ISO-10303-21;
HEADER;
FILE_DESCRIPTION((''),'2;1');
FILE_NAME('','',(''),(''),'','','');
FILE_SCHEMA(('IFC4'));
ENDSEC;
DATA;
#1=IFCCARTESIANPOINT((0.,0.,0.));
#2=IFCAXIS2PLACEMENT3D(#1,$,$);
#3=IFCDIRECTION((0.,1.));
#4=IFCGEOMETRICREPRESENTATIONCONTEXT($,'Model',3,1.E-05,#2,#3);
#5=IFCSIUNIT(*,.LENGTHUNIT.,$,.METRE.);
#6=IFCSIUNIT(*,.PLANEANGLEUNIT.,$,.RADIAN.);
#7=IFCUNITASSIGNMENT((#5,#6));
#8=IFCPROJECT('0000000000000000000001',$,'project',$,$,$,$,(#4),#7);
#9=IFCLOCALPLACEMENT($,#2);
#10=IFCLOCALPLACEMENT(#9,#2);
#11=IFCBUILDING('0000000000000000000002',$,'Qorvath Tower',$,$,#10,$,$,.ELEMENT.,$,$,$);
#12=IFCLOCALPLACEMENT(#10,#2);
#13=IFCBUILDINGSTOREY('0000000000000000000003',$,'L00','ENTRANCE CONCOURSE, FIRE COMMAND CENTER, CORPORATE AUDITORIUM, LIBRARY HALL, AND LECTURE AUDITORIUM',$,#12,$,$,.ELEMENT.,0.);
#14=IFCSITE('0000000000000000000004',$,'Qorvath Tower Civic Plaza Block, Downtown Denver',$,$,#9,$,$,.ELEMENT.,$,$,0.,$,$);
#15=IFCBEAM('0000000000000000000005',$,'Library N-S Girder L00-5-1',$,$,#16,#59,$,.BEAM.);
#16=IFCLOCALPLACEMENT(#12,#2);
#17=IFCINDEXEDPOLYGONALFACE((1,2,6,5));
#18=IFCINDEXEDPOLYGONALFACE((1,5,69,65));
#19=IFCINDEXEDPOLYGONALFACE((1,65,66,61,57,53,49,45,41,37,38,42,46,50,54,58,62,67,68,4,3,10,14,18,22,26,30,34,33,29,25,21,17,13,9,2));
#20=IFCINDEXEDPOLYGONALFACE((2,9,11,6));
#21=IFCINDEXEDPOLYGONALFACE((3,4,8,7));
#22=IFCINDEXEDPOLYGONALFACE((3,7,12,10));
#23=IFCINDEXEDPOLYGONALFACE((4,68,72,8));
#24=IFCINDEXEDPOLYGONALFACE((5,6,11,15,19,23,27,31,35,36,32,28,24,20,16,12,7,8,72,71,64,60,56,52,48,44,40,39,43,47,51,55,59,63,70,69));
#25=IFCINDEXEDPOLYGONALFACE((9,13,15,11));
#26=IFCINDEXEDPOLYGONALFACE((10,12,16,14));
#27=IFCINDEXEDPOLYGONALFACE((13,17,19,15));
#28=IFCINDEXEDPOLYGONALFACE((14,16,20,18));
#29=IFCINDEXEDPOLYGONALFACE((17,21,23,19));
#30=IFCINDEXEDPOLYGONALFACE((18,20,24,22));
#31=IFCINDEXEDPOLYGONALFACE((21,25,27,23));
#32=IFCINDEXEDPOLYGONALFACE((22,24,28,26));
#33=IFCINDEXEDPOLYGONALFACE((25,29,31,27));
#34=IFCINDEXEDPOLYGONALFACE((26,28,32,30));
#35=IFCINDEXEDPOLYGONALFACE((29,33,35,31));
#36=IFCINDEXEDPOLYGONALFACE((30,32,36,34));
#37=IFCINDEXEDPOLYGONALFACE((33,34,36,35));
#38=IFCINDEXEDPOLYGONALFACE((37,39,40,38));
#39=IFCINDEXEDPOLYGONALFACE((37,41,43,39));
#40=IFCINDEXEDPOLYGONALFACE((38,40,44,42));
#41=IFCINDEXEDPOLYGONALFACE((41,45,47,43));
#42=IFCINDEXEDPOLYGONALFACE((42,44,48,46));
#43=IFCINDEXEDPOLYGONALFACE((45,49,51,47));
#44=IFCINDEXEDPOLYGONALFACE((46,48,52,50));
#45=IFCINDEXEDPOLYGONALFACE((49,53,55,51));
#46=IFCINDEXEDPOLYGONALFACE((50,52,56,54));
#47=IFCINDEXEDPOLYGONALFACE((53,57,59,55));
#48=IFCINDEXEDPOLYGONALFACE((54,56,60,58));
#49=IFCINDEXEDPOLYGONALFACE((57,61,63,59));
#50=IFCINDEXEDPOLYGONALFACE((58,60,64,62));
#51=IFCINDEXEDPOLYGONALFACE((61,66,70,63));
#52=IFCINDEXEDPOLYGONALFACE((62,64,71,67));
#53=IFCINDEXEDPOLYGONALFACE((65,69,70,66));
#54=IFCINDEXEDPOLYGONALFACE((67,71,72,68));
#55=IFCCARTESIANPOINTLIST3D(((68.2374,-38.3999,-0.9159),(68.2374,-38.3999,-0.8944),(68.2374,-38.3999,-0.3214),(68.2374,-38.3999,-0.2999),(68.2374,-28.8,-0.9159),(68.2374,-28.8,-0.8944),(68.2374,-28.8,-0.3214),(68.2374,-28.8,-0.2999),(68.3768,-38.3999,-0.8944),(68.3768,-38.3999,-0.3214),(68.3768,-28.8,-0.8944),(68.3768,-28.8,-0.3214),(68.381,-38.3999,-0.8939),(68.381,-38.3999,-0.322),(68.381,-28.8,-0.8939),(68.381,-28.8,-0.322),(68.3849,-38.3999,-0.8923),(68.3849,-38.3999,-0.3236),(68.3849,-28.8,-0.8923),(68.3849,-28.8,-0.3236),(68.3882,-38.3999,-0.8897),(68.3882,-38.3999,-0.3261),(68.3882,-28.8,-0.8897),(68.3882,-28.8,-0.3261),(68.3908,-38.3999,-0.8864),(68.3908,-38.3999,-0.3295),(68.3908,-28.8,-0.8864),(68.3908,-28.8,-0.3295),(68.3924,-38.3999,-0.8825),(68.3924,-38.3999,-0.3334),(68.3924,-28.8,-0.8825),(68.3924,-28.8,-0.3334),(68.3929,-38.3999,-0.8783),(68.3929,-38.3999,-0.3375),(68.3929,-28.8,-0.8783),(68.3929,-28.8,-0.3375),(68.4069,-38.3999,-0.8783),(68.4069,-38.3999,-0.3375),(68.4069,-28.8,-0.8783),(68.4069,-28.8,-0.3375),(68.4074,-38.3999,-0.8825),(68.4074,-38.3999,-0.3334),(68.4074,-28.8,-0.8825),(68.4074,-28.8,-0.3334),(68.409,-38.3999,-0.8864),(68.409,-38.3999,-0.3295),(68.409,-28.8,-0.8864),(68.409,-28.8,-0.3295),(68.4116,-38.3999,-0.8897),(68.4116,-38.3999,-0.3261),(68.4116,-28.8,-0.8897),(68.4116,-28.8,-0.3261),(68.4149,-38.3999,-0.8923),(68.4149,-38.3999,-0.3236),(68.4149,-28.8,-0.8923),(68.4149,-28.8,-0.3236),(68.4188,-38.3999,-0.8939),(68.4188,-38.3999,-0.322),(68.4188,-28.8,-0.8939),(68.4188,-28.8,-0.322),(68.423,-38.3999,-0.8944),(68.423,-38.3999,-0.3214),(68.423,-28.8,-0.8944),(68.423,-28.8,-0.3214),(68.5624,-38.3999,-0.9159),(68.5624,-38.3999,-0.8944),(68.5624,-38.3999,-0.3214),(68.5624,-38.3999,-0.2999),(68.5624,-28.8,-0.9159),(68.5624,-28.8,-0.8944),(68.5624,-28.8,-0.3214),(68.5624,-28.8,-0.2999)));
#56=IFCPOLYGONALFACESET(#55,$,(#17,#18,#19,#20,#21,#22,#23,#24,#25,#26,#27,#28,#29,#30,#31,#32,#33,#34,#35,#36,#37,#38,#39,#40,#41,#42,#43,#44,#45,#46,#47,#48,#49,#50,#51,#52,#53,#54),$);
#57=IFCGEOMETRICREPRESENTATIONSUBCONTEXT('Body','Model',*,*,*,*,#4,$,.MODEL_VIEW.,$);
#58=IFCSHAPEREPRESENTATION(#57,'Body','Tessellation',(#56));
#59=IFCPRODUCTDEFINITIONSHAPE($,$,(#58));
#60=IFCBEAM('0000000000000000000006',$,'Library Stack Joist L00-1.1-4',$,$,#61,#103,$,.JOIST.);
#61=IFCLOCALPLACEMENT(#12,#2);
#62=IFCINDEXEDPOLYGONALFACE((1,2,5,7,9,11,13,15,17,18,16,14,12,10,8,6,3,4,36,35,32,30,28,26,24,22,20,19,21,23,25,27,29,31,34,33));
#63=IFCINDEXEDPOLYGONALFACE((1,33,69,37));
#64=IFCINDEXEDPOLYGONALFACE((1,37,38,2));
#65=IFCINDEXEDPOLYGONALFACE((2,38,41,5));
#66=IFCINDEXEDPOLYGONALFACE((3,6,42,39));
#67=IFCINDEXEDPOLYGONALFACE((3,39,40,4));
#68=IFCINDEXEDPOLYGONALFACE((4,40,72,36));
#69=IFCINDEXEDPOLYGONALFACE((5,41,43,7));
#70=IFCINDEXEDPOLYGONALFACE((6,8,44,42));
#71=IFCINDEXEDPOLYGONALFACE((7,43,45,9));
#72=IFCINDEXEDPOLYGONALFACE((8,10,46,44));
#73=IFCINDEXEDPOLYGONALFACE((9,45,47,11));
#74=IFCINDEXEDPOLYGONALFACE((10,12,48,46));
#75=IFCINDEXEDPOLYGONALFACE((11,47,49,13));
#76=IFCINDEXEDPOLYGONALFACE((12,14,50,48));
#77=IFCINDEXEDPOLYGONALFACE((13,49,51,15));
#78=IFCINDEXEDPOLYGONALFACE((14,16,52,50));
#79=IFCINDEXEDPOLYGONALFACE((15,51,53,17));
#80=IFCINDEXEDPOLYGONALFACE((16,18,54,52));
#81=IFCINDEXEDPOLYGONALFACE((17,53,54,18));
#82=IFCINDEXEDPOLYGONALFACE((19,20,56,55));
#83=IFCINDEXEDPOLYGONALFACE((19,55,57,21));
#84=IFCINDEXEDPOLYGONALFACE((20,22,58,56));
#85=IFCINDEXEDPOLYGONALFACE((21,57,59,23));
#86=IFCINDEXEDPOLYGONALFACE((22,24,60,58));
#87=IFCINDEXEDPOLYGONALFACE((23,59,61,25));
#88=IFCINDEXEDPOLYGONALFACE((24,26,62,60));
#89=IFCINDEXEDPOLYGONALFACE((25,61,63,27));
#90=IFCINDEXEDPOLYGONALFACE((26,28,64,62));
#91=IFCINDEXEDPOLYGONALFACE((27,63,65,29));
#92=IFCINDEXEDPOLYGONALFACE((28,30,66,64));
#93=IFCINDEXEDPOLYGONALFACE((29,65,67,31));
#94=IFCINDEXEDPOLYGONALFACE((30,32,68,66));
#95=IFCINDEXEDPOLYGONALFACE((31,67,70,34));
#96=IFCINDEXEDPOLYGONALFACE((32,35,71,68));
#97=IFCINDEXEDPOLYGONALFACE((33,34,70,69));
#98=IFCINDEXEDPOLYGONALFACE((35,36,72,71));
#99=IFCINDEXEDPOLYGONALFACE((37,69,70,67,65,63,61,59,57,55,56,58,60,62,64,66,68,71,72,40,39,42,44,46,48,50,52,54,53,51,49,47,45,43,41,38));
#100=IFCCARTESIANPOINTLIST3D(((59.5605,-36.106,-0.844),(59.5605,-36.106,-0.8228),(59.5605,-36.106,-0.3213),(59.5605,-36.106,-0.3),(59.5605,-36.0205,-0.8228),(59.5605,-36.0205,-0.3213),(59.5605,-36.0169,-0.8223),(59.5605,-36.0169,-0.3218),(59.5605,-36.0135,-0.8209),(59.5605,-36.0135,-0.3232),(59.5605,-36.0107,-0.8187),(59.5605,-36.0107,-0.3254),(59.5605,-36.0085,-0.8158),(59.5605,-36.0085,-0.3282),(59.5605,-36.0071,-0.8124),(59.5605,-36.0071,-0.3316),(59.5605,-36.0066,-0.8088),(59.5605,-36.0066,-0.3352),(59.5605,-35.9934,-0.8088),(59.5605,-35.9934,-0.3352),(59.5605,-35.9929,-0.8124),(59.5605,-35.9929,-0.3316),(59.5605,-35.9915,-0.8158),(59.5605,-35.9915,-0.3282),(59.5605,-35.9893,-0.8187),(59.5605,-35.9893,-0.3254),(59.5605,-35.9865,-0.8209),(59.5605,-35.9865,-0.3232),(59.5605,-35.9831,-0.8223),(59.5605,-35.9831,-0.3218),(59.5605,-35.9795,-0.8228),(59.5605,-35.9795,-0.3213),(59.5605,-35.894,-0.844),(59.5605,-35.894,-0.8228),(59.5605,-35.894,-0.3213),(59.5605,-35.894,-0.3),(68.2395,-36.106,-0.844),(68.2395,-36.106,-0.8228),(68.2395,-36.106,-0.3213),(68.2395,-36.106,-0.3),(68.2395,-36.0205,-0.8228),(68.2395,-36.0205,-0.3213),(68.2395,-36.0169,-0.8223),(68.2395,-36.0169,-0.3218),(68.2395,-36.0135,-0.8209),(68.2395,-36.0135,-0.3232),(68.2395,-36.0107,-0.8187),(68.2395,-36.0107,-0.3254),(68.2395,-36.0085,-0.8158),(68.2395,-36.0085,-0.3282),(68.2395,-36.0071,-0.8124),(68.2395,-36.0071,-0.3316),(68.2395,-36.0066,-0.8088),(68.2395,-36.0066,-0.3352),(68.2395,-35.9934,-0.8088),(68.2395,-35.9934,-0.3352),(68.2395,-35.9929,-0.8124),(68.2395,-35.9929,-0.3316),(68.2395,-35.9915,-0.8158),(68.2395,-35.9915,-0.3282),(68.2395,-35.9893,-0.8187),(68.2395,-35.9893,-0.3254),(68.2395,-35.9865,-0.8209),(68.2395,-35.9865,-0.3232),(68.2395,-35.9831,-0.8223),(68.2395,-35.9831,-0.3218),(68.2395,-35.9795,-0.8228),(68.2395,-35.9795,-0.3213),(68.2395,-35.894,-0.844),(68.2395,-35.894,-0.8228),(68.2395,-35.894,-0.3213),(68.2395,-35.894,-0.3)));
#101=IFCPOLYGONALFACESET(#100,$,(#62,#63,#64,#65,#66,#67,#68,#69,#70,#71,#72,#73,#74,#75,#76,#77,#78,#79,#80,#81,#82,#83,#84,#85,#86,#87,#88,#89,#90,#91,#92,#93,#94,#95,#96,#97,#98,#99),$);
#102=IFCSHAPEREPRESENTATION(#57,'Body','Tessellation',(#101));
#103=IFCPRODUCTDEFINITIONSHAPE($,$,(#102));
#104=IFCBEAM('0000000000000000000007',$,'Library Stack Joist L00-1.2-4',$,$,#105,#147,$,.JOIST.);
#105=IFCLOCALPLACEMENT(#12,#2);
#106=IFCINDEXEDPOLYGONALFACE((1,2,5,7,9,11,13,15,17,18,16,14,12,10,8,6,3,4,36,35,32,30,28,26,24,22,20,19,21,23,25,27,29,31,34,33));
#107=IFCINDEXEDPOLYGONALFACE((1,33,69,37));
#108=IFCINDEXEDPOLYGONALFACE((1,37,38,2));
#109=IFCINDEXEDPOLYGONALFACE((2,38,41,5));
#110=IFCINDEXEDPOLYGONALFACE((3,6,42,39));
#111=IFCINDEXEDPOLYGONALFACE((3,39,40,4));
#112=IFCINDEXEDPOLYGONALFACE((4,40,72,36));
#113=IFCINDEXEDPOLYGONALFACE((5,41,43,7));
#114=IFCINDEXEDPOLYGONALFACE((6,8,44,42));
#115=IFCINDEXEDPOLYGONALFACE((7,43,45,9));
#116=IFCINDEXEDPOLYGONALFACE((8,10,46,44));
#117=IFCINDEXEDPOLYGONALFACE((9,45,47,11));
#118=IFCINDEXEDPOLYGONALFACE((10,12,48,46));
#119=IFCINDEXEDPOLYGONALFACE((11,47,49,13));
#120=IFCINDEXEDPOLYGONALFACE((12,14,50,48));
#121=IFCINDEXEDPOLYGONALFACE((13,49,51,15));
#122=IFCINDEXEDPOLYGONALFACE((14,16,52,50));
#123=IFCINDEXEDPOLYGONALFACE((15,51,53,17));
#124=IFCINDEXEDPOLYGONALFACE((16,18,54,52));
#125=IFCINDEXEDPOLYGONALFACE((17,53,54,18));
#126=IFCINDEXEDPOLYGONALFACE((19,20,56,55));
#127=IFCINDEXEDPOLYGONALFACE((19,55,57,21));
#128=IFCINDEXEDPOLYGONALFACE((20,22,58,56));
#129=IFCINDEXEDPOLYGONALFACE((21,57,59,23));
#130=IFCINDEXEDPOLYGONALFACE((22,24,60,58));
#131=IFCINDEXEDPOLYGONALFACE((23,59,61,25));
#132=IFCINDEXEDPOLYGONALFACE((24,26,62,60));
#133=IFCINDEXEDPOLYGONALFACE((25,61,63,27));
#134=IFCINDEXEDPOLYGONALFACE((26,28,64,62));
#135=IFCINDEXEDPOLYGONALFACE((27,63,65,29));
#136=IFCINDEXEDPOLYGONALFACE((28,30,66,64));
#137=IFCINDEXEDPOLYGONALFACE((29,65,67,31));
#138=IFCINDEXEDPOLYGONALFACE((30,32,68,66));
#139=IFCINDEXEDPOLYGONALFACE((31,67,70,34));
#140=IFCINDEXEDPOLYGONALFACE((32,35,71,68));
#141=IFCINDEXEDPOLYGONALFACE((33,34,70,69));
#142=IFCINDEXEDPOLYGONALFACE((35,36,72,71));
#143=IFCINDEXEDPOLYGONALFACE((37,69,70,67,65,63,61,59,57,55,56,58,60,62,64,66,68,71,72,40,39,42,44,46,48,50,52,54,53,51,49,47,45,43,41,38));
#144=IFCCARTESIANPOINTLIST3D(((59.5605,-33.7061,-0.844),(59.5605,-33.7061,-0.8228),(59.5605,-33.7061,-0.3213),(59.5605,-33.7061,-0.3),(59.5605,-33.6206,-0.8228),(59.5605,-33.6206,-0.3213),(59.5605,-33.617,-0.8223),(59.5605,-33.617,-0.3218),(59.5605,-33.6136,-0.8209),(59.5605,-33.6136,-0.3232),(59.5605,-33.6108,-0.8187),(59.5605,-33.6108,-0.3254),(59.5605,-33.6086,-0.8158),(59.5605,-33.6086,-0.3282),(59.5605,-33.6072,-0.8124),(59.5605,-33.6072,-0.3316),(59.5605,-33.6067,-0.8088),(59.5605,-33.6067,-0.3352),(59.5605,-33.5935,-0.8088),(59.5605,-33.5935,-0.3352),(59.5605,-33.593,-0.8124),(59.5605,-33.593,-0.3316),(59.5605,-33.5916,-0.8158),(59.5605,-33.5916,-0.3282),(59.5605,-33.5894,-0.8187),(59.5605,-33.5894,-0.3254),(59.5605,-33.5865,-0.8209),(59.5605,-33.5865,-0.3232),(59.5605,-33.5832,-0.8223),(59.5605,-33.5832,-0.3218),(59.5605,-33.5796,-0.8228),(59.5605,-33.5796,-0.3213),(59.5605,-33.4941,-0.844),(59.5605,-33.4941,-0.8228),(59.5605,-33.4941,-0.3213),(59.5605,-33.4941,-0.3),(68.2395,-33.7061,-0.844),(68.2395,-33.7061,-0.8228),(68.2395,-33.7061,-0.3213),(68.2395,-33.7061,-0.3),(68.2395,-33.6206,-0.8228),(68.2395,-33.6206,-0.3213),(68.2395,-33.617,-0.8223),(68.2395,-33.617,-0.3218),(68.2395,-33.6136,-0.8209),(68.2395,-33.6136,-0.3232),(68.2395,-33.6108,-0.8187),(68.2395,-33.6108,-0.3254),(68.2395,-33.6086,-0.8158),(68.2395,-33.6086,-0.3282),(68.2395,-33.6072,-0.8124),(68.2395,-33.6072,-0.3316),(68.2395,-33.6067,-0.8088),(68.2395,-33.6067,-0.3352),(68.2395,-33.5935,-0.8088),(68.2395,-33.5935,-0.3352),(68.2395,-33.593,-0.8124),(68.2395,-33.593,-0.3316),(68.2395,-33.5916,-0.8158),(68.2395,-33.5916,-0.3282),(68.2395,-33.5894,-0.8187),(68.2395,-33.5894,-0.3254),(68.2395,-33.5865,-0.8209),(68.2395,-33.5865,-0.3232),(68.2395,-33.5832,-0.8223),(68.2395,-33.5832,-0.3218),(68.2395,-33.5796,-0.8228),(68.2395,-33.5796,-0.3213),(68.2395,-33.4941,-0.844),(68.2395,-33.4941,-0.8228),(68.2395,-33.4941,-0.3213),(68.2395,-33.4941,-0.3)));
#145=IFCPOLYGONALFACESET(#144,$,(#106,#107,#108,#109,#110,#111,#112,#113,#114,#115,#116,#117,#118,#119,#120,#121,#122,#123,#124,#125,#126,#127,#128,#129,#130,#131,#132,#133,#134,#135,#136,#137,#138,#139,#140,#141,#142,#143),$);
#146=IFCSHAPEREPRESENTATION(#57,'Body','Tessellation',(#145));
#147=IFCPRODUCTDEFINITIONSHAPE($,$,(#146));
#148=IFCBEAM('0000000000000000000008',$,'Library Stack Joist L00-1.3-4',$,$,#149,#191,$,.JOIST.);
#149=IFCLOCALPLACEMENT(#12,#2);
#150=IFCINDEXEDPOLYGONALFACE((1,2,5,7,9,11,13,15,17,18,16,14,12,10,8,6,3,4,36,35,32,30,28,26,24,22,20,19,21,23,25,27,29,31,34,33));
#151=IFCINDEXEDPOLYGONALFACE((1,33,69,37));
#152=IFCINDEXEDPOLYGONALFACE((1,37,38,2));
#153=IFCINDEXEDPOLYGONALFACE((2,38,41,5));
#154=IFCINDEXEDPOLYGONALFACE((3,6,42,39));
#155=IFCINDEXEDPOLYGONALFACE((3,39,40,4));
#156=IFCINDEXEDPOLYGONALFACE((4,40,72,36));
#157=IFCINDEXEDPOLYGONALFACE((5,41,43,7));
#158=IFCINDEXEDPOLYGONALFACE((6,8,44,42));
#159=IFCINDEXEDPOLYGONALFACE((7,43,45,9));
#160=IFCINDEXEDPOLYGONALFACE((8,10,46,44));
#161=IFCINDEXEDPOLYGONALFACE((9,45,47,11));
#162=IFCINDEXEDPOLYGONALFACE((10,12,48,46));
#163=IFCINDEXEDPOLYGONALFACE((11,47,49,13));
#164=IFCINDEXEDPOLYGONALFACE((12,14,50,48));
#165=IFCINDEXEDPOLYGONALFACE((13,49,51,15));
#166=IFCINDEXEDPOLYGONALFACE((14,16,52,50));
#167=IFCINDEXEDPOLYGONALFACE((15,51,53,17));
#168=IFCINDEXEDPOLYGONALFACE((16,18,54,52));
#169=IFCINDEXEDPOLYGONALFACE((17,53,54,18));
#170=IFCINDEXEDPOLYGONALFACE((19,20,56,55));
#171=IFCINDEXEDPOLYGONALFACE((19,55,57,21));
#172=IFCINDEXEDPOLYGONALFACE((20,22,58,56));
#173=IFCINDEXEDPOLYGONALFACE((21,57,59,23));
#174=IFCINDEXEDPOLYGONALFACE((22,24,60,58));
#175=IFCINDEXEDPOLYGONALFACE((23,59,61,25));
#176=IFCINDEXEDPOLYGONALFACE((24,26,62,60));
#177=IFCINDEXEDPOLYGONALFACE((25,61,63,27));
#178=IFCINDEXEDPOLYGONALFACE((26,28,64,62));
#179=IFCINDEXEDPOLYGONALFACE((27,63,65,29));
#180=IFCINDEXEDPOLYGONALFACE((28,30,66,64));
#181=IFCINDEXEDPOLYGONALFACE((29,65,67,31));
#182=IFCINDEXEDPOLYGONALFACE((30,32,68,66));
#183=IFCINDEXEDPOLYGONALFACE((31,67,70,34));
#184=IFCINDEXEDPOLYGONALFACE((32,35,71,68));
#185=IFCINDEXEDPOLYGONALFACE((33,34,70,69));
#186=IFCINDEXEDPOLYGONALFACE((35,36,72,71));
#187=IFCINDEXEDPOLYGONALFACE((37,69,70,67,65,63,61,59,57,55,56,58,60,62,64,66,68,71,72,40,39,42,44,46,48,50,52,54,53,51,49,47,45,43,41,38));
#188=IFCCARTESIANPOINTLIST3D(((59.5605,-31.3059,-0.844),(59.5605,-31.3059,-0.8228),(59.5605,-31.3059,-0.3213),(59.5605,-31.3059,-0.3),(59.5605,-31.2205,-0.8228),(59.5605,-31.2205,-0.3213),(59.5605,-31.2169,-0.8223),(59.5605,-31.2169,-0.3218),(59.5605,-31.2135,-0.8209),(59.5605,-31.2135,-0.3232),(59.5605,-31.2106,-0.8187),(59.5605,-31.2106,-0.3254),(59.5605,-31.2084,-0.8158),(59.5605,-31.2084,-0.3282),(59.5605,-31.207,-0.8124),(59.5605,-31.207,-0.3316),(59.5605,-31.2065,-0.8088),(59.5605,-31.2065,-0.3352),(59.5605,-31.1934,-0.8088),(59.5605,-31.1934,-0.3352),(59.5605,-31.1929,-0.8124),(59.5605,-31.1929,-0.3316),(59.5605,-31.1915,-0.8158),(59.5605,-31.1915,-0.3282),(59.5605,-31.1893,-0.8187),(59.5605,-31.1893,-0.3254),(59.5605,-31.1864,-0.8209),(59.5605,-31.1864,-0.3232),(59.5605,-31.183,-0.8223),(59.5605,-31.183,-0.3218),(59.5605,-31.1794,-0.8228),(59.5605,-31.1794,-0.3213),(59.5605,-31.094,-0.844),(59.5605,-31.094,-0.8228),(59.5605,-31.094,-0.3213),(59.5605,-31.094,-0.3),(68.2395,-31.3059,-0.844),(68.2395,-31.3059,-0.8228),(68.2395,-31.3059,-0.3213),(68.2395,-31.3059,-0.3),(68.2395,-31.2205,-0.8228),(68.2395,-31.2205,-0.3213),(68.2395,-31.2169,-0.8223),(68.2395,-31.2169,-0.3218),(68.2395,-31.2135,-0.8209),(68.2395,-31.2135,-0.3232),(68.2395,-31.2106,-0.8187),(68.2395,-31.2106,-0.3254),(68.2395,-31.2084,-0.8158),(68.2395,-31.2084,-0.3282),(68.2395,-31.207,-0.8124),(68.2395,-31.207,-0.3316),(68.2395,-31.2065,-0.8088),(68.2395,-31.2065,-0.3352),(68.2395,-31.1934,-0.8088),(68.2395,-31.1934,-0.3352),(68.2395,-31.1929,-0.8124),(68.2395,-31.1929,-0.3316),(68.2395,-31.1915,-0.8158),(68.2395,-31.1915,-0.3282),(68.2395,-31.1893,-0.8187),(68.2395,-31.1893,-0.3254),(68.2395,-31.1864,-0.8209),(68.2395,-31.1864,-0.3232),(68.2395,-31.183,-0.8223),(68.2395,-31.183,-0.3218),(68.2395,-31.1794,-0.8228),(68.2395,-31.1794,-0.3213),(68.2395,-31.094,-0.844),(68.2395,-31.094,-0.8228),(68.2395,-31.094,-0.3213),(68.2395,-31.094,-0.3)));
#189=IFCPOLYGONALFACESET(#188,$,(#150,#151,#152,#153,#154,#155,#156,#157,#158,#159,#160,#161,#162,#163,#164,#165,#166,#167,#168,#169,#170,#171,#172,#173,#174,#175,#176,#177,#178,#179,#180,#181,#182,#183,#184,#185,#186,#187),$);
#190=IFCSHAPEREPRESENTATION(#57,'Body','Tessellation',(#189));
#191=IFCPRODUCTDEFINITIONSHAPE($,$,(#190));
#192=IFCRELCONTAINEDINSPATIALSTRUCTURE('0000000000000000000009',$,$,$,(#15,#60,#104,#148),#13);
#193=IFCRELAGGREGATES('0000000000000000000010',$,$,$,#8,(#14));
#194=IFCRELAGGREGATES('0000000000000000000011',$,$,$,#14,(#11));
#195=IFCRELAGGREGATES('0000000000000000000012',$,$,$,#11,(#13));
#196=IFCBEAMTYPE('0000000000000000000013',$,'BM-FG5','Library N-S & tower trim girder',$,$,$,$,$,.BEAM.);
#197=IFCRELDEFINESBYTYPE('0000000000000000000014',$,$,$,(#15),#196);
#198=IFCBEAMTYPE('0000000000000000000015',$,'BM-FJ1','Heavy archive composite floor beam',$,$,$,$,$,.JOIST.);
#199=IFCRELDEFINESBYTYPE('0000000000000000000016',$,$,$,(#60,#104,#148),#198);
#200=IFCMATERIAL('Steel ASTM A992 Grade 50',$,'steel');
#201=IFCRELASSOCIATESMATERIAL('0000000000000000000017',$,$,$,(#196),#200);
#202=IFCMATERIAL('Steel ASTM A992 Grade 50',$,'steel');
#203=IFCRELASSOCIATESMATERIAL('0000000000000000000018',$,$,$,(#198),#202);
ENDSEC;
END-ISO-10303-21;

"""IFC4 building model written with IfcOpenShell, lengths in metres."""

from ifc_helpers import new_model, si_unit, direction, frame, origin, origin_2d, place, context, subcontext, project, spatial, i_section, extrude, material, material_profile, profile_set, type_object, element, save


model = new_model("IFC4")

# Units and contexts
model_context = context("Model", 3, precision=1e-05, world=origin(), true_north=direction((0.0, 1.0)))
body_context = subcontext(model_context, "Body", "Model", "MODEL_VIEW")
ifc_project = project(units=[si_unit("LENGTHUNIT", "METRE"), si_unit("PLANEANGLEUNIT", "RADIAN")], contexts=[model_context])

# Site, building, storey
site_placement = place(None, origin())
site = spatial("IfcSite", under=ifc_project, at=site_placement, Name="Qorvath Tower Civic Plaza Block, Downtown Denver", CompositionType="ELEMENT", RefElevation=0.0)
building_placement = place(site_placement, origin())
building = spatial("IfcBuilding", under=site, at=building_placement, Name="Qorvath Tower", CompositionType="ELEMENT")
storey_placement = place(building_placement, origin())
storey = spatial("IfcBuildingStorey", under=building, at=storey_placement, Name="L00", Description="ENTRANCE CONCOURSE, FIRE COMMAND CENTER, CORPORATE AUDITORIUM, LIBRARY HALL, AND LECTURE AUDITORIUM", CompositionType="ELEMENT", Elevation=0.0)

# Beams
ifc_material_1 = material(Name="Steel ASTM A992 Grade 50", Category="steel")
ifc_material_profile_1 = material_profile(ifc_material_1, i_section(OverallWidth=0.325, OverallDepth=0.616, WebThickness=0.0139, FlangeThickness=0.0215, FilletRadius=0.0161, at=origin_2d()), Name="W24x117")
ifc_profile_set_1 = profile_set([ifc_material_profile_1], Name="Steel ASTM A992 Grade 50")
beam_type_1 = type_object("IfcBeamType", Name="BM-FG5", Description="Library N-S & tower trim girder", PredefinedType="BEAM", material=ifc_profile_set_1)
for number, where, z_axis, x_axis, name in (
    (1, (68.3999, -38.3999, -0.6079), (0.0, 1.0, 0.0), (-1.0, 0.0, 0.0), "Library N-S Girder L00-5-1"),
):
    element("IfcBeam", number, at=place(storey_placement, frame(where, z_axis=z_axis, x_axis=x_axis)), inside=storey, type_object=beam_type_1, Name=name, PredefinedType="BEAM", context=body_context, shape_type="SweptSolid", body=[
        extrude(i_section(OverallWidth=0.325, OverallDepth=0.616, WebThickness=0.0139, FlangeThickness=0.0215, FilletRadius=0.0161, at=origin_2d()), origin(), (0.0, 0.0, 1.0), 9.5999),
    ])
ifc_material_2 = material(Name="Steel ASTM A992 Grade 50", Category="steel")
ifc_material_profile_2 = material_profile(ifc_material_2, i_section(OverallWidth=0.2119, OverallDepth=0.5439, WebThickness=0.0132, FlangeThickness=0.0212, FilletRadius=0.0139, at=origin_2d()), Name="W21x83")
ifc_profile_set_2 = profile_set([ifc_material_profile_2], Name="Steel ASTM A992 Grade 50")
beam_type_2 = type_object("IfcBeamType", Name="BM-FJ1", Description="Heavy archive composite floor beam", PredefinedType="JOIST", material=ifc_profile_set_2)
for number, where, z_axis, x_axis, name in (
    (2, (59.5605, -36.0, -0.572), (1.0, 0.0, 0.0), (0.0, 1.0, 0.0), "Library Stack Joist L00-1.1-4"),
    (3, (59.5605, -33.6001, -0.572), (1.0, 0.0, 0.0), (0.0, 1.0, 0.0), "Library Stack Joist L00-1.2-4"),
    (4, (59.5605, -31.2, -0.572), (1.0, 0.0, 0.0), (0.0, 1.0, 0.0), "Library Stack Joist L00-1.3-4"),
):
    element("IfcBeam", number, at=place(storey_placement, frame(where, z_axis=z_axis, x_axis=x_axis)), inside=storey, type_object=beam_type_2, Name=name, PredefinedType="JOIST", context=body_context, shape_type="SweptSolid", body=[
        extrude(i_section(OverallWidth=0.2119, OverallDepth=0.5439, WebThickness=0.0132, FlangeThickness=0.0212, FilletRadius=0.0139, at=origin_2d()), origin(), (0.0, 0.0, 1.0), 8.679),
    ])

save(model, "model.ifc")
